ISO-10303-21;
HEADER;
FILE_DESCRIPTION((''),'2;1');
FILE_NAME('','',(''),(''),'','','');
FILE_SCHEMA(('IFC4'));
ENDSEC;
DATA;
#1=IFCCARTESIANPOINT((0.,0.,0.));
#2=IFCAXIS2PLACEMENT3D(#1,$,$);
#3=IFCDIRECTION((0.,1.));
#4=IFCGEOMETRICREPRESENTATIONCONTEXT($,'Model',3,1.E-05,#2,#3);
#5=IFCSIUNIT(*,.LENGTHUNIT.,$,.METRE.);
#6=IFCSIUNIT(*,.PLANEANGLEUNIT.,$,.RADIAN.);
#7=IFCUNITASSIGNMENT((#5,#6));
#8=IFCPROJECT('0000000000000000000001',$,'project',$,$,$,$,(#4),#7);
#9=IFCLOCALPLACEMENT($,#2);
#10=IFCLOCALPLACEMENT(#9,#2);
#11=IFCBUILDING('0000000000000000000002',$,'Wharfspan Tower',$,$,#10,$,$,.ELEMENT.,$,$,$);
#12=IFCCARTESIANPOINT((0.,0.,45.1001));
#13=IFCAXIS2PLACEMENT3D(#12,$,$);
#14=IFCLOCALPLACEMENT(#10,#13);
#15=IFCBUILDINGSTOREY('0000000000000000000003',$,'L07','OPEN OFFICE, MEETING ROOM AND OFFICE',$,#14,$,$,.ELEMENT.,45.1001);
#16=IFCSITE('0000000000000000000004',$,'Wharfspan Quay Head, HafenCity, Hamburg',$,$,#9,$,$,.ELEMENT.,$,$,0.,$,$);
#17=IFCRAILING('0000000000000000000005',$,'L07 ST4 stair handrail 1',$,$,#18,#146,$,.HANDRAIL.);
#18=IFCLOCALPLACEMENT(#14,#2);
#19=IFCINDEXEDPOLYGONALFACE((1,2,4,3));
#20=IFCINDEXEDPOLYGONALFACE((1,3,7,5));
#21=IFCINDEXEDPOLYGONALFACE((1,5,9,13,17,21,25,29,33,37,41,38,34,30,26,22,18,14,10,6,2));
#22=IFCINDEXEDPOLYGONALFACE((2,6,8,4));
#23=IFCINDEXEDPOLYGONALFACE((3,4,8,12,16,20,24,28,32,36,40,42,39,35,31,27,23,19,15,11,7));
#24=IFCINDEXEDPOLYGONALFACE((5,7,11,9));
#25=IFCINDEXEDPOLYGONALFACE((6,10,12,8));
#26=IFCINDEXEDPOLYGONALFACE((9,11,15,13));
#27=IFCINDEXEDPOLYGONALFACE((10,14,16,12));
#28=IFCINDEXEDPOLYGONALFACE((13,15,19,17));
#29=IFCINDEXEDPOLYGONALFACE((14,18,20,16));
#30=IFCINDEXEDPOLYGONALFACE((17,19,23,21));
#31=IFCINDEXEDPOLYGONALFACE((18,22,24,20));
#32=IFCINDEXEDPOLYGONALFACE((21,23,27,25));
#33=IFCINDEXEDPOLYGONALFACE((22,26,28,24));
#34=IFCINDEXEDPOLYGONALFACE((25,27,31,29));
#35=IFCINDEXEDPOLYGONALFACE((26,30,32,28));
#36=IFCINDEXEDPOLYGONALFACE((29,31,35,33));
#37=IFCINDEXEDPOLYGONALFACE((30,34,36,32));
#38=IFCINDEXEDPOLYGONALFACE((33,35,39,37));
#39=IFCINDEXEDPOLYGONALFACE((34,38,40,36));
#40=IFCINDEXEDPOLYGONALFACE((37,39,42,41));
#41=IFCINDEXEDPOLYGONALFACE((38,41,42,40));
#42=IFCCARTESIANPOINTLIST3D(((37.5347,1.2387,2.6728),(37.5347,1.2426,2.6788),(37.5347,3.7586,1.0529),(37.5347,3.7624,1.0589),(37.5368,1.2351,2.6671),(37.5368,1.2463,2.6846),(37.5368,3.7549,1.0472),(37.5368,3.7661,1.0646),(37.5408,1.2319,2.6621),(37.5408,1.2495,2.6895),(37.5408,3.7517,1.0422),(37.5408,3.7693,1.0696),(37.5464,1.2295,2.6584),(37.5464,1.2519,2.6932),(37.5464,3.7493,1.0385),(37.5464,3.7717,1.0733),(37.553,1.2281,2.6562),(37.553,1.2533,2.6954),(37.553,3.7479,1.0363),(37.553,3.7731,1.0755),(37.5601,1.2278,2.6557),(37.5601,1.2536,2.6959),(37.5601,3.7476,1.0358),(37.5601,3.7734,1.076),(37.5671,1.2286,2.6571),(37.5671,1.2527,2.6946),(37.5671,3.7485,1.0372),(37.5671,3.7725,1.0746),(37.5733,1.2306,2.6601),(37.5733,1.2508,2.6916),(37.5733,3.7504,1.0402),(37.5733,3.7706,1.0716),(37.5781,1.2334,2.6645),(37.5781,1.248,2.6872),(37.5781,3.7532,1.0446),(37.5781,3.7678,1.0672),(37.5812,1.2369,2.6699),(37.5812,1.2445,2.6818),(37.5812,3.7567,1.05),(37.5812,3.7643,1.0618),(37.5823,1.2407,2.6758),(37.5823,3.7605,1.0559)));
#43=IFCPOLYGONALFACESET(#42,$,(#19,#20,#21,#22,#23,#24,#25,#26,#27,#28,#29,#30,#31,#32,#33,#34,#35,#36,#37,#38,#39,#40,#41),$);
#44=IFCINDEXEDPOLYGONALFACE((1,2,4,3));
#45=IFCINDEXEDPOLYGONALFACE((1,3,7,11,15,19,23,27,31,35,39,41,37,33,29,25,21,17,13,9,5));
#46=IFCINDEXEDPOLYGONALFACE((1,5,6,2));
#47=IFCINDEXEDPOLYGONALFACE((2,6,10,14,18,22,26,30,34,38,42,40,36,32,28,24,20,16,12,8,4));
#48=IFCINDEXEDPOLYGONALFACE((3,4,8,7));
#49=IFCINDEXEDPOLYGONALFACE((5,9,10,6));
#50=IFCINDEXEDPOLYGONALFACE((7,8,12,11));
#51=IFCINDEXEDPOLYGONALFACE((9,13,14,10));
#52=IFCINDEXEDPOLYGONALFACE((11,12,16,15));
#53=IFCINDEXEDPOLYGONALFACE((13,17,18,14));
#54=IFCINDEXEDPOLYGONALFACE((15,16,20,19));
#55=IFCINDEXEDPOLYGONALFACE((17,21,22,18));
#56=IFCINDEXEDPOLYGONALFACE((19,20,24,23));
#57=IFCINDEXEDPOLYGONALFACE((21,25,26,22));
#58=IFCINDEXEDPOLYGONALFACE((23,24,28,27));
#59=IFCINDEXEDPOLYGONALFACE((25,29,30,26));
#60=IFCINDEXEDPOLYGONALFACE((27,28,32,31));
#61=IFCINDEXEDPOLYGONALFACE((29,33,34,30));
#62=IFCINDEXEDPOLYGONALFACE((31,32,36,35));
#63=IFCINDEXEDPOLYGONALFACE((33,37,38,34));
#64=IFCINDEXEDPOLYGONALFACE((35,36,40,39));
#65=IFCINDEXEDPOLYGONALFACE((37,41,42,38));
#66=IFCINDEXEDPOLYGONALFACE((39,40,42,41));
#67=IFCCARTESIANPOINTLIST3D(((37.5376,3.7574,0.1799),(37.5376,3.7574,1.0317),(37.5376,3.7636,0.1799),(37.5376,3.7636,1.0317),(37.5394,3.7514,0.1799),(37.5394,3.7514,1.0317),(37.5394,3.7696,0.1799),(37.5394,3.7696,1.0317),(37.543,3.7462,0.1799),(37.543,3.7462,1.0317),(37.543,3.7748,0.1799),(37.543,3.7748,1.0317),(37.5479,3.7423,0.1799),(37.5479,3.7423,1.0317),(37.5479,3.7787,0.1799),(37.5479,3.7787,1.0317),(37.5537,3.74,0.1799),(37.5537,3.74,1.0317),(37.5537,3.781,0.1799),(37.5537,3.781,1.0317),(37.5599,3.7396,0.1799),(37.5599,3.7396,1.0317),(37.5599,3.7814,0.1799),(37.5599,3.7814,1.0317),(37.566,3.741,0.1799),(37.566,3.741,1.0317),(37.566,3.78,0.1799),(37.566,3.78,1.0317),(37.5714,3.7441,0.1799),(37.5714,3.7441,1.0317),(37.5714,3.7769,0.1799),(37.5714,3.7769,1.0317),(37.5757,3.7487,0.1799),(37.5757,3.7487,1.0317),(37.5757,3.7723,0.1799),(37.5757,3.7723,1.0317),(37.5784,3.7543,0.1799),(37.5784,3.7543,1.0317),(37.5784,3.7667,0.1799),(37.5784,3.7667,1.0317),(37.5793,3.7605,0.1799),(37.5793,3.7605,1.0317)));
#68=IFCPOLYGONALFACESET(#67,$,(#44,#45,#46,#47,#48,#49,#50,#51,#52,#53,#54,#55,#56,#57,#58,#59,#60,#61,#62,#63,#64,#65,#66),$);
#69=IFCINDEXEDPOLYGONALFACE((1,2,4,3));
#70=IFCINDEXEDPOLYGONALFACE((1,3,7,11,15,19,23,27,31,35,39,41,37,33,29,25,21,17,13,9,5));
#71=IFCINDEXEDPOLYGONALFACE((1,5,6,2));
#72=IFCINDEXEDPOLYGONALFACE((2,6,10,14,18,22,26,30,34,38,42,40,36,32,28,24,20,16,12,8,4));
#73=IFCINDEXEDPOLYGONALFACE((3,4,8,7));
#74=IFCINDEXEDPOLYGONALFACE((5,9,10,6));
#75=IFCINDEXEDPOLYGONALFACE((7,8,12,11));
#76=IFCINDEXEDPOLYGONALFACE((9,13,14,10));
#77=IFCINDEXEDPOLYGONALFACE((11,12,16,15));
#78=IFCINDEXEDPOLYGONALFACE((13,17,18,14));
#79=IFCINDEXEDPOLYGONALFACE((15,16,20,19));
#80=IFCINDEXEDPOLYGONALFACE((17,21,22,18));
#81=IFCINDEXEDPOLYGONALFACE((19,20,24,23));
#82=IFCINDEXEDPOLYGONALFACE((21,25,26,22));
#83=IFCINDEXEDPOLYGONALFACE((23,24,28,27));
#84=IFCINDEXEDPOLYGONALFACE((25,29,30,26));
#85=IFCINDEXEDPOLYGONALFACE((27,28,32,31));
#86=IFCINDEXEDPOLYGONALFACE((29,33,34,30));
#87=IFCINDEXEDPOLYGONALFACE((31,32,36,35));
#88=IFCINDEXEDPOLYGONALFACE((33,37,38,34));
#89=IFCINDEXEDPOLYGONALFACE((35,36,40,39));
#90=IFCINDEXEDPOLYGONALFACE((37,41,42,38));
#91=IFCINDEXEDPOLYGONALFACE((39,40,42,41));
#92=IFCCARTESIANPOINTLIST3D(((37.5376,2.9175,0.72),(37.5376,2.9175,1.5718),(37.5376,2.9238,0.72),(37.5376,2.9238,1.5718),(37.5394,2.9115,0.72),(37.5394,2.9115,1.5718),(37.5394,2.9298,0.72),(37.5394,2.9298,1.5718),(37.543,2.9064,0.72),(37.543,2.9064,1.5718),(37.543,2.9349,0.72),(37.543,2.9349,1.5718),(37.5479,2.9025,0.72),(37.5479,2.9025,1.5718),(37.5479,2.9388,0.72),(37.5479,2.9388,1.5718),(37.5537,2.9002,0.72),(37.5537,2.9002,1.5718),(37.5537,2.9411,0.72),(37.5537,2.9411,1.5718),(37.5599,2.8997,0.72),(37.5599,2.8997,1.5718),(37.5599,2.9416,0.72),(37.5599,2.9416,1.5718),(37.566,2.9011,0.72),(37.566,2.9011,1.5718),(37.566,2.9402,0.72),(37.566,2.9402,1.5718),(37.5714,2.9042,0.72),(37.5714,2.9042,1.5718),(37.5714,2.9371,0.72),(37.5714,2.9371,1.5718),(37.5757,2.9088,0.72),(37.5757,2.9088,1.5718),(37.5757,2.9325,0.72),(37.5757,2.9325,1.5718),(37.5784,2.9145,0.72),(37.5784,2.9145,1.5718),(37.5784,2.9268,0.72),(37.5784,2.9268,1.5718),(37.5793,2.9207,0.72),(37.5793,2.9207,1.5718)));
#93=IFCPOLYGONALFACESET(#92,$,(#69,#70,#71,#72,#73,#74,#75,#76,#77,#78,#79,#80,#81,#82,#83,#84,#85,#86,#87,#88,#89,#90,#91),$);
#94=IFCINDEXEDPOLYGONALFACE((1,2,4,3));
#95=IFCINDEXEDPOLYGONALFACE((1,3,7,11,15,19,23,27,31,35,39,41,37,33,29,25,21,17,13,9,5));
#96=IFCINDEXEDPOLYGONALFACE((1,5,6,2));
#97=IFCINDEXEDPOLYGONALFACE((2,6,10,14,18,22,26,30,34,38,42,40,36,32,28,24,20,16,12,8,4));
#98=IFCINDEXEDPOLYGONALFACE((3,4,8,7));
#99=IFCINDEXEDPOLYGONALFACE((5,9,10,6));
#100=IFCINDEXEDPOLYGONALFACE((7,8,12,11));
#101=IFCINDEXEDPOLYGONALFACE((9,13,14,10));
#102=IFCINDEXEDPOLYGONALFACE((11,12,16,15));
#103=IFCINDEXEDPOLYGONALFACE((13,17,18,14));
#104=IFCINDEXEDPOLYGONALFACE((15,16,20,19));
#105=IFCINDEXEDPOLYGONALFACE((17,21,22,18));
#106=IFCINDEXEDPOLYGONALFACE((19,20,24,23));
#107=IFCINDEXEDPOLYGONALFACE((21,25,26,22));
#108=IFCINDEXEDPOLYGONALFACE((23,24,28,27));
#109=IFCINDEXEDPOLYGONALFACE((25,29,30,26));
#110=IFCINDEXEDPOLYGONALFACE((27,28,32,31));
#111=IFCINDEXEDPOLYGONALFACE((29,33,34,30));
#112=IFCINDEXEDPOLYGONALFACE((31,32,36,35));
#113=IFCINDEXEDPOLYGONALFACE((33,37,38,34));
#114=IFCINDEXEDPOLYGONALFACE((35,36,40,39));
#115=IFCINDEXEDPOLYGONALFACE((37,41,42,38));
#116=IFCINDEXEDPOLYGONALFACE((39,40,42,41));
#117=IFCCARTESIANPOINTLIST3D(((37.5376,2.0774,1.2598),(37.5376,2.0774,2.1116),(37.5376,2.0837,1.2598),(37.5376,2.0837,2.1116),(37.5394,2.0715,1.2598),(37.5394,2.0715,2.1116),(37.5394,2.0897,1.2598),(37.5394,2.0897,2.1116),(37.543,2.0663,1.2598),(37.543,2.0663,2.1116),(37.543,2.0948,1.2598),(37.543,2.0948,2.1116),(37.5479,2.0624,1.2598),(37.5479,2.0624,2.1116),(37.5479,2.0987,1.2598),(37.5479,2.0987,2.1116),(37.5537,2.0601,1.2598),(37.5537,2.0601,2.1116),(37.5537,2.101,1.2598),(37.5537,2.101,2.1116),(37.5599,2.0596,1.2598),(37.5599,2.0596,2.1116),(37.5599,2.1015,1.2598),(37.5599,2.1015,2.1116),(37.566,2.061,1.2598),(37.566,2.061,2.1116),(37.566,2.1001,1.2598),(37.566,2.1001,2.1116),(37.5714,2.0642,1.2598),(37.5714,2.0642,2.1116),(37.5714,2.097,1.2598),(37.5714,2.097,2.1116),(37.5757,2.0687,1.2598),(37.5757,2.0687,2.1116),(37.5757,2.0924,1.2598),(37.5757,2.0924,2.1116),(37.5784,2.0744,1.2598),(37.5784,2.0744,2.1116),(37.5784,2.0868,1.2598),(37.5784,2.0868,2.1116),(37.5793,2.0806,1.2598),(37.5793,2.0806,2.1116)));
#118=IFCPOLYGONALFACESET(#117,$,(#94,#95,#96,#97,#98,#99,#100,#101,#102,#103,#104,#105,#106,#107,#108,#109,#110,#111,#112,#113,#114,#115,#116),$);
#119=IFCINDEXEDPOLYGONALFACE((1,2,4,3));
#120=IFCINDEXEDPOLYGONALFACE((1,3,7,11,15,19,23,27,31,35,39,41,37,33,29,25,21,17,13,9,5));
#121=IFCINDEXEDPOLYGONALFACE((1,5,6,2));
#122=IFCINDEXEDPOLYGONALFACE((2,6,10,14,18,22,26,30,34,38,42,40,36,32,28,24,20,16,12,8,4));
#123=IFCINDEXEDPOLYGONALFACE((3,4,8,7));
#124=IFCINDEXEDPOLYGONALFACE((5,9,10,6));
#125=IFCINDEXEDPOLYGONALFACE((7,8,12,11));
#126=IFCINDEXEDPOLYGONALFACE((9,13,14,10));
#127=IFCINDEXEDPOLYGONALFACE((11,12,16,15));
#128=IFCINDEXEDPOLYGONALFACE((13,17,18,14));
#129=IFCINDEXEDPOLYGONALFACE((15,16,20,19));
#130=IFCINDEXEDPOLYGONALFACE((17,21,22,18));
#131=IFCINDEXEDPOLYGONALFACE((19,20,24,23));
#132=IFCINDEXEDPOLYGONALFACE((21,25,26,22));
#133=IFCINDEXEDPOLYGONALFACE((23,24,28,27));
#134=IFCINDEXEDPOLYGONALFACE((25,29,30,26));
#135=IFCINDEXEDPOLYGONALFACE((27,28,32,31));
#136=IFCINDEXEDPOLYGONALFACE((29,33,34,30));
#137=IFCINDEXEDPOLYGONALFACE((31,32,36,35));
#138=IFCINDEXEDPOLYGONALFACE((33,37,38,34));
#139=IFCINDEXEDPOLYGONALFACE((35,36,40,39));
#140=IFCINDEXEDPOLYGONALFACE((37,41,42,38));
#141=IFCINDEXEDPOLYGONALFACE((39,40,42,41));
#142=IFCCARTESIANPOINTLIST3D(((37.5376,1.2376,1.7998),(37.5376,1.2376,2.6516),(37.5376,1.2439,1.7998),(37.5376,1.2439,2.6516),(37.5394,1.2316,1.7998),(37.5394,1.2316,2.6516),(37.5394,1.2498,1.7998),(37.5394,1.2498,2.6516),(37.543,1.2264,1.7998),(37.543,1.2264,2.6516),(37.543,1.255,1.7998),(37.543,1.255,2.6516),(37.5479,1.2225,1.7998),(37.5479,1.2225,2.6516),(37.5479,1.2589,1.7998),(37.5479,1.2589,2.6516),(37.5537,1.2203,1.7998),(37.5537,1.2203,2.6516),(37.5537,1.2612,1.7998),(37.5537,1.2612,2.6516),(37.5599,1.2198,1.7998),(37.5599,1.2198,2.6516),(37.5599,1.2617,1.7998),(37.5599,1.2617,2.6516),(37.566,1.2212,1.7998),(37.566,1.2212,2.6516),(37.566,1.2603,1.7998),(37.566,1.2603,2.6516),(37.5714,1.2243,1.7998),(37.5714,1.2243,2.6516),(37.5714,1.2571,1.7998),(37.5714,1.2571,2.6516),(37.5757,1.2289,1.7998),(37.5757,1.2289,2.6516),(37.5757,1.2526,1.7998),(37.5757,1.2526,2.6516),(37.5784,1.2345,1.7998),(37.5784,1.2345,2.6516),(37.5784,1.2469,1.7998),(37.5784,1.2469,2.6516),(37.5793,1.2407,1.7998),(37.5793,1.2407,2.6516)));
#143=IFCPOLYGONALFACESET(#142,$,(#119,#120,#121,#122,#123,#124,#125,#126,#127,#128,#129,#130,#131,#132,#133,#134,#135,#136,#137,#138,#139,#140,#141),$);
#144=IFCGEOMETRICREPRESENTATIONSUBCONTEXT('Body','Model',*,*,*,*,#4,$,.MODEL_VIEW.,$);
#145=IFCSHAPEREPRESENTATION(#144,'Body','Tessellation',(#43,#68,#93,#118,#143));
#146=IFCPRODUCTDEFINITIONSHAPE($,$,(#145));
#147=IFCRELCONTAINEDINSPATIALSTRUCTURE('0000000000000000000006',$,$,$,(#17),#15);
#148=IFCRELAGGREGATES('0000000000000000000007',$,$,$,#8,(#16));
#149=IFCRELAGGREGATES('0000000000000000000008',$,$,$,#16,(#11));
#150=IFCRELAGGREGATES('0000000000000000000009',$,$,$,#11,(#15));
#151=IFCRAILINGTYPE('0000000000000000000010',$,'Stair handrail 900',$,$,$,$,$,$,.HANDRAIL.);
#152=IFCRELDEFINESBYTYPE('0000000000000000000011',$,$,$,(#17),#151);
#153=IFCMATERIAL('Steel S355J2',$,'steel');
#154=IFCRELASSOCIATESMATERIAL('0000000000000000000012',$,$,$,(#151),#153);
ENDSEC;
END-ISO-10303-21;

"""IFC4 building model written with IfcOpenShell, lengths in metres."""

from ifc_helpers import new_model, si_unit, direction, frame, origin, origin_2d, place, context, subcontext, project, spatial, circle, extrude, material, type_object, element, save


model = new_model("IFC4")

# Units and contexts
model_context = context("Model", 3, precision=1e-05, world=origin(), true_north=direction((0.0, 1.0)))
body_context = subcontext(model_context, "Body", "Model", "MODEL_VIEW")
ifc_project = project(units=[si_unit("LENGTHUNIT", "METRE"), si_unit("PLANEANGLEUNIT", "RADIAN")], contexts=[model_context])

# Site, building, storey
site_placement = place(None, origin())
site = spatial("IfcSite", under=ifc_project, at=site_placement, Name="Wharfspan Quay Head, HafenCity, Hamburg", CompositionType="ELEMENT", RefElevation=0.0)
building_placement = place(site_placement, origin())
building = spatial("IfcBuilding", under=site, at=building_placement, Name="Wharfspan Tower", CompositionType="ELEMENT")
storey_placement = place(building_placement, frame((0.0, 0.0, 45.1001)))
storey = spatial("IfcBuildingStorey", under=building, at=storey_placement, Name="L07", Description="OPEN OFFICE, MEETING ROOM AND OFFICE", CompositionType="ELEMENT", Elevation=45.1001)

# Shared definitions
ifc_material_1 = material(Name="Steel S355J2", Category="steel")

# Railing
railing_type_1 = type_object("IfcRailingType", Name="Stair handrail 900", PredefinedType="HANDRAIL", material=ifc_material_1)
railing_1_placement = place(storey_placement, frame((37.5583, 3.7605, 0.1799)))
element("IfcRailing", 1, at=railing_1_placement, inside=storey, type_object=railing_type_1, Name="L07 ST4 stair handrail 1", PredefinedType="HANDRAIL", context=body_context, shape_type="SweptSolid", body=[
    extrude(circle(Radius=0.0239, at=origin_2d()), frame((0.0, 0.0, 0.876), z_axis=(0.0, -0.841176, 0.540762), x_axis=(1.0, 0.0, 0.0)), (0.0, 0.0, 1.0), 2.9956),
    extrude(circle(Radius=0.021, at=origin_2d()), origin(), (0.0, 0.0, 1.0), 0.8518),
    extrude(circle(Radius=0.021, at=origin_2d()), frame((0.0, -0.8398, 0.54)), (0.0, 0.0, 1.0), 0.8518),
    extrude(circle(Radius=0.021, at=origin_2d()), frame((0.0, -1.6799, 1.0798)), (0.0, 0.0, 1.0), 0.8518),
    extrude(circle(Radius=0.021, at=origin_2d()), frame((0.0, -2.5198, 1.6199)), (0.0, 0.0, 1.0), 0.8518),
])

save(model, "model.ifc")
